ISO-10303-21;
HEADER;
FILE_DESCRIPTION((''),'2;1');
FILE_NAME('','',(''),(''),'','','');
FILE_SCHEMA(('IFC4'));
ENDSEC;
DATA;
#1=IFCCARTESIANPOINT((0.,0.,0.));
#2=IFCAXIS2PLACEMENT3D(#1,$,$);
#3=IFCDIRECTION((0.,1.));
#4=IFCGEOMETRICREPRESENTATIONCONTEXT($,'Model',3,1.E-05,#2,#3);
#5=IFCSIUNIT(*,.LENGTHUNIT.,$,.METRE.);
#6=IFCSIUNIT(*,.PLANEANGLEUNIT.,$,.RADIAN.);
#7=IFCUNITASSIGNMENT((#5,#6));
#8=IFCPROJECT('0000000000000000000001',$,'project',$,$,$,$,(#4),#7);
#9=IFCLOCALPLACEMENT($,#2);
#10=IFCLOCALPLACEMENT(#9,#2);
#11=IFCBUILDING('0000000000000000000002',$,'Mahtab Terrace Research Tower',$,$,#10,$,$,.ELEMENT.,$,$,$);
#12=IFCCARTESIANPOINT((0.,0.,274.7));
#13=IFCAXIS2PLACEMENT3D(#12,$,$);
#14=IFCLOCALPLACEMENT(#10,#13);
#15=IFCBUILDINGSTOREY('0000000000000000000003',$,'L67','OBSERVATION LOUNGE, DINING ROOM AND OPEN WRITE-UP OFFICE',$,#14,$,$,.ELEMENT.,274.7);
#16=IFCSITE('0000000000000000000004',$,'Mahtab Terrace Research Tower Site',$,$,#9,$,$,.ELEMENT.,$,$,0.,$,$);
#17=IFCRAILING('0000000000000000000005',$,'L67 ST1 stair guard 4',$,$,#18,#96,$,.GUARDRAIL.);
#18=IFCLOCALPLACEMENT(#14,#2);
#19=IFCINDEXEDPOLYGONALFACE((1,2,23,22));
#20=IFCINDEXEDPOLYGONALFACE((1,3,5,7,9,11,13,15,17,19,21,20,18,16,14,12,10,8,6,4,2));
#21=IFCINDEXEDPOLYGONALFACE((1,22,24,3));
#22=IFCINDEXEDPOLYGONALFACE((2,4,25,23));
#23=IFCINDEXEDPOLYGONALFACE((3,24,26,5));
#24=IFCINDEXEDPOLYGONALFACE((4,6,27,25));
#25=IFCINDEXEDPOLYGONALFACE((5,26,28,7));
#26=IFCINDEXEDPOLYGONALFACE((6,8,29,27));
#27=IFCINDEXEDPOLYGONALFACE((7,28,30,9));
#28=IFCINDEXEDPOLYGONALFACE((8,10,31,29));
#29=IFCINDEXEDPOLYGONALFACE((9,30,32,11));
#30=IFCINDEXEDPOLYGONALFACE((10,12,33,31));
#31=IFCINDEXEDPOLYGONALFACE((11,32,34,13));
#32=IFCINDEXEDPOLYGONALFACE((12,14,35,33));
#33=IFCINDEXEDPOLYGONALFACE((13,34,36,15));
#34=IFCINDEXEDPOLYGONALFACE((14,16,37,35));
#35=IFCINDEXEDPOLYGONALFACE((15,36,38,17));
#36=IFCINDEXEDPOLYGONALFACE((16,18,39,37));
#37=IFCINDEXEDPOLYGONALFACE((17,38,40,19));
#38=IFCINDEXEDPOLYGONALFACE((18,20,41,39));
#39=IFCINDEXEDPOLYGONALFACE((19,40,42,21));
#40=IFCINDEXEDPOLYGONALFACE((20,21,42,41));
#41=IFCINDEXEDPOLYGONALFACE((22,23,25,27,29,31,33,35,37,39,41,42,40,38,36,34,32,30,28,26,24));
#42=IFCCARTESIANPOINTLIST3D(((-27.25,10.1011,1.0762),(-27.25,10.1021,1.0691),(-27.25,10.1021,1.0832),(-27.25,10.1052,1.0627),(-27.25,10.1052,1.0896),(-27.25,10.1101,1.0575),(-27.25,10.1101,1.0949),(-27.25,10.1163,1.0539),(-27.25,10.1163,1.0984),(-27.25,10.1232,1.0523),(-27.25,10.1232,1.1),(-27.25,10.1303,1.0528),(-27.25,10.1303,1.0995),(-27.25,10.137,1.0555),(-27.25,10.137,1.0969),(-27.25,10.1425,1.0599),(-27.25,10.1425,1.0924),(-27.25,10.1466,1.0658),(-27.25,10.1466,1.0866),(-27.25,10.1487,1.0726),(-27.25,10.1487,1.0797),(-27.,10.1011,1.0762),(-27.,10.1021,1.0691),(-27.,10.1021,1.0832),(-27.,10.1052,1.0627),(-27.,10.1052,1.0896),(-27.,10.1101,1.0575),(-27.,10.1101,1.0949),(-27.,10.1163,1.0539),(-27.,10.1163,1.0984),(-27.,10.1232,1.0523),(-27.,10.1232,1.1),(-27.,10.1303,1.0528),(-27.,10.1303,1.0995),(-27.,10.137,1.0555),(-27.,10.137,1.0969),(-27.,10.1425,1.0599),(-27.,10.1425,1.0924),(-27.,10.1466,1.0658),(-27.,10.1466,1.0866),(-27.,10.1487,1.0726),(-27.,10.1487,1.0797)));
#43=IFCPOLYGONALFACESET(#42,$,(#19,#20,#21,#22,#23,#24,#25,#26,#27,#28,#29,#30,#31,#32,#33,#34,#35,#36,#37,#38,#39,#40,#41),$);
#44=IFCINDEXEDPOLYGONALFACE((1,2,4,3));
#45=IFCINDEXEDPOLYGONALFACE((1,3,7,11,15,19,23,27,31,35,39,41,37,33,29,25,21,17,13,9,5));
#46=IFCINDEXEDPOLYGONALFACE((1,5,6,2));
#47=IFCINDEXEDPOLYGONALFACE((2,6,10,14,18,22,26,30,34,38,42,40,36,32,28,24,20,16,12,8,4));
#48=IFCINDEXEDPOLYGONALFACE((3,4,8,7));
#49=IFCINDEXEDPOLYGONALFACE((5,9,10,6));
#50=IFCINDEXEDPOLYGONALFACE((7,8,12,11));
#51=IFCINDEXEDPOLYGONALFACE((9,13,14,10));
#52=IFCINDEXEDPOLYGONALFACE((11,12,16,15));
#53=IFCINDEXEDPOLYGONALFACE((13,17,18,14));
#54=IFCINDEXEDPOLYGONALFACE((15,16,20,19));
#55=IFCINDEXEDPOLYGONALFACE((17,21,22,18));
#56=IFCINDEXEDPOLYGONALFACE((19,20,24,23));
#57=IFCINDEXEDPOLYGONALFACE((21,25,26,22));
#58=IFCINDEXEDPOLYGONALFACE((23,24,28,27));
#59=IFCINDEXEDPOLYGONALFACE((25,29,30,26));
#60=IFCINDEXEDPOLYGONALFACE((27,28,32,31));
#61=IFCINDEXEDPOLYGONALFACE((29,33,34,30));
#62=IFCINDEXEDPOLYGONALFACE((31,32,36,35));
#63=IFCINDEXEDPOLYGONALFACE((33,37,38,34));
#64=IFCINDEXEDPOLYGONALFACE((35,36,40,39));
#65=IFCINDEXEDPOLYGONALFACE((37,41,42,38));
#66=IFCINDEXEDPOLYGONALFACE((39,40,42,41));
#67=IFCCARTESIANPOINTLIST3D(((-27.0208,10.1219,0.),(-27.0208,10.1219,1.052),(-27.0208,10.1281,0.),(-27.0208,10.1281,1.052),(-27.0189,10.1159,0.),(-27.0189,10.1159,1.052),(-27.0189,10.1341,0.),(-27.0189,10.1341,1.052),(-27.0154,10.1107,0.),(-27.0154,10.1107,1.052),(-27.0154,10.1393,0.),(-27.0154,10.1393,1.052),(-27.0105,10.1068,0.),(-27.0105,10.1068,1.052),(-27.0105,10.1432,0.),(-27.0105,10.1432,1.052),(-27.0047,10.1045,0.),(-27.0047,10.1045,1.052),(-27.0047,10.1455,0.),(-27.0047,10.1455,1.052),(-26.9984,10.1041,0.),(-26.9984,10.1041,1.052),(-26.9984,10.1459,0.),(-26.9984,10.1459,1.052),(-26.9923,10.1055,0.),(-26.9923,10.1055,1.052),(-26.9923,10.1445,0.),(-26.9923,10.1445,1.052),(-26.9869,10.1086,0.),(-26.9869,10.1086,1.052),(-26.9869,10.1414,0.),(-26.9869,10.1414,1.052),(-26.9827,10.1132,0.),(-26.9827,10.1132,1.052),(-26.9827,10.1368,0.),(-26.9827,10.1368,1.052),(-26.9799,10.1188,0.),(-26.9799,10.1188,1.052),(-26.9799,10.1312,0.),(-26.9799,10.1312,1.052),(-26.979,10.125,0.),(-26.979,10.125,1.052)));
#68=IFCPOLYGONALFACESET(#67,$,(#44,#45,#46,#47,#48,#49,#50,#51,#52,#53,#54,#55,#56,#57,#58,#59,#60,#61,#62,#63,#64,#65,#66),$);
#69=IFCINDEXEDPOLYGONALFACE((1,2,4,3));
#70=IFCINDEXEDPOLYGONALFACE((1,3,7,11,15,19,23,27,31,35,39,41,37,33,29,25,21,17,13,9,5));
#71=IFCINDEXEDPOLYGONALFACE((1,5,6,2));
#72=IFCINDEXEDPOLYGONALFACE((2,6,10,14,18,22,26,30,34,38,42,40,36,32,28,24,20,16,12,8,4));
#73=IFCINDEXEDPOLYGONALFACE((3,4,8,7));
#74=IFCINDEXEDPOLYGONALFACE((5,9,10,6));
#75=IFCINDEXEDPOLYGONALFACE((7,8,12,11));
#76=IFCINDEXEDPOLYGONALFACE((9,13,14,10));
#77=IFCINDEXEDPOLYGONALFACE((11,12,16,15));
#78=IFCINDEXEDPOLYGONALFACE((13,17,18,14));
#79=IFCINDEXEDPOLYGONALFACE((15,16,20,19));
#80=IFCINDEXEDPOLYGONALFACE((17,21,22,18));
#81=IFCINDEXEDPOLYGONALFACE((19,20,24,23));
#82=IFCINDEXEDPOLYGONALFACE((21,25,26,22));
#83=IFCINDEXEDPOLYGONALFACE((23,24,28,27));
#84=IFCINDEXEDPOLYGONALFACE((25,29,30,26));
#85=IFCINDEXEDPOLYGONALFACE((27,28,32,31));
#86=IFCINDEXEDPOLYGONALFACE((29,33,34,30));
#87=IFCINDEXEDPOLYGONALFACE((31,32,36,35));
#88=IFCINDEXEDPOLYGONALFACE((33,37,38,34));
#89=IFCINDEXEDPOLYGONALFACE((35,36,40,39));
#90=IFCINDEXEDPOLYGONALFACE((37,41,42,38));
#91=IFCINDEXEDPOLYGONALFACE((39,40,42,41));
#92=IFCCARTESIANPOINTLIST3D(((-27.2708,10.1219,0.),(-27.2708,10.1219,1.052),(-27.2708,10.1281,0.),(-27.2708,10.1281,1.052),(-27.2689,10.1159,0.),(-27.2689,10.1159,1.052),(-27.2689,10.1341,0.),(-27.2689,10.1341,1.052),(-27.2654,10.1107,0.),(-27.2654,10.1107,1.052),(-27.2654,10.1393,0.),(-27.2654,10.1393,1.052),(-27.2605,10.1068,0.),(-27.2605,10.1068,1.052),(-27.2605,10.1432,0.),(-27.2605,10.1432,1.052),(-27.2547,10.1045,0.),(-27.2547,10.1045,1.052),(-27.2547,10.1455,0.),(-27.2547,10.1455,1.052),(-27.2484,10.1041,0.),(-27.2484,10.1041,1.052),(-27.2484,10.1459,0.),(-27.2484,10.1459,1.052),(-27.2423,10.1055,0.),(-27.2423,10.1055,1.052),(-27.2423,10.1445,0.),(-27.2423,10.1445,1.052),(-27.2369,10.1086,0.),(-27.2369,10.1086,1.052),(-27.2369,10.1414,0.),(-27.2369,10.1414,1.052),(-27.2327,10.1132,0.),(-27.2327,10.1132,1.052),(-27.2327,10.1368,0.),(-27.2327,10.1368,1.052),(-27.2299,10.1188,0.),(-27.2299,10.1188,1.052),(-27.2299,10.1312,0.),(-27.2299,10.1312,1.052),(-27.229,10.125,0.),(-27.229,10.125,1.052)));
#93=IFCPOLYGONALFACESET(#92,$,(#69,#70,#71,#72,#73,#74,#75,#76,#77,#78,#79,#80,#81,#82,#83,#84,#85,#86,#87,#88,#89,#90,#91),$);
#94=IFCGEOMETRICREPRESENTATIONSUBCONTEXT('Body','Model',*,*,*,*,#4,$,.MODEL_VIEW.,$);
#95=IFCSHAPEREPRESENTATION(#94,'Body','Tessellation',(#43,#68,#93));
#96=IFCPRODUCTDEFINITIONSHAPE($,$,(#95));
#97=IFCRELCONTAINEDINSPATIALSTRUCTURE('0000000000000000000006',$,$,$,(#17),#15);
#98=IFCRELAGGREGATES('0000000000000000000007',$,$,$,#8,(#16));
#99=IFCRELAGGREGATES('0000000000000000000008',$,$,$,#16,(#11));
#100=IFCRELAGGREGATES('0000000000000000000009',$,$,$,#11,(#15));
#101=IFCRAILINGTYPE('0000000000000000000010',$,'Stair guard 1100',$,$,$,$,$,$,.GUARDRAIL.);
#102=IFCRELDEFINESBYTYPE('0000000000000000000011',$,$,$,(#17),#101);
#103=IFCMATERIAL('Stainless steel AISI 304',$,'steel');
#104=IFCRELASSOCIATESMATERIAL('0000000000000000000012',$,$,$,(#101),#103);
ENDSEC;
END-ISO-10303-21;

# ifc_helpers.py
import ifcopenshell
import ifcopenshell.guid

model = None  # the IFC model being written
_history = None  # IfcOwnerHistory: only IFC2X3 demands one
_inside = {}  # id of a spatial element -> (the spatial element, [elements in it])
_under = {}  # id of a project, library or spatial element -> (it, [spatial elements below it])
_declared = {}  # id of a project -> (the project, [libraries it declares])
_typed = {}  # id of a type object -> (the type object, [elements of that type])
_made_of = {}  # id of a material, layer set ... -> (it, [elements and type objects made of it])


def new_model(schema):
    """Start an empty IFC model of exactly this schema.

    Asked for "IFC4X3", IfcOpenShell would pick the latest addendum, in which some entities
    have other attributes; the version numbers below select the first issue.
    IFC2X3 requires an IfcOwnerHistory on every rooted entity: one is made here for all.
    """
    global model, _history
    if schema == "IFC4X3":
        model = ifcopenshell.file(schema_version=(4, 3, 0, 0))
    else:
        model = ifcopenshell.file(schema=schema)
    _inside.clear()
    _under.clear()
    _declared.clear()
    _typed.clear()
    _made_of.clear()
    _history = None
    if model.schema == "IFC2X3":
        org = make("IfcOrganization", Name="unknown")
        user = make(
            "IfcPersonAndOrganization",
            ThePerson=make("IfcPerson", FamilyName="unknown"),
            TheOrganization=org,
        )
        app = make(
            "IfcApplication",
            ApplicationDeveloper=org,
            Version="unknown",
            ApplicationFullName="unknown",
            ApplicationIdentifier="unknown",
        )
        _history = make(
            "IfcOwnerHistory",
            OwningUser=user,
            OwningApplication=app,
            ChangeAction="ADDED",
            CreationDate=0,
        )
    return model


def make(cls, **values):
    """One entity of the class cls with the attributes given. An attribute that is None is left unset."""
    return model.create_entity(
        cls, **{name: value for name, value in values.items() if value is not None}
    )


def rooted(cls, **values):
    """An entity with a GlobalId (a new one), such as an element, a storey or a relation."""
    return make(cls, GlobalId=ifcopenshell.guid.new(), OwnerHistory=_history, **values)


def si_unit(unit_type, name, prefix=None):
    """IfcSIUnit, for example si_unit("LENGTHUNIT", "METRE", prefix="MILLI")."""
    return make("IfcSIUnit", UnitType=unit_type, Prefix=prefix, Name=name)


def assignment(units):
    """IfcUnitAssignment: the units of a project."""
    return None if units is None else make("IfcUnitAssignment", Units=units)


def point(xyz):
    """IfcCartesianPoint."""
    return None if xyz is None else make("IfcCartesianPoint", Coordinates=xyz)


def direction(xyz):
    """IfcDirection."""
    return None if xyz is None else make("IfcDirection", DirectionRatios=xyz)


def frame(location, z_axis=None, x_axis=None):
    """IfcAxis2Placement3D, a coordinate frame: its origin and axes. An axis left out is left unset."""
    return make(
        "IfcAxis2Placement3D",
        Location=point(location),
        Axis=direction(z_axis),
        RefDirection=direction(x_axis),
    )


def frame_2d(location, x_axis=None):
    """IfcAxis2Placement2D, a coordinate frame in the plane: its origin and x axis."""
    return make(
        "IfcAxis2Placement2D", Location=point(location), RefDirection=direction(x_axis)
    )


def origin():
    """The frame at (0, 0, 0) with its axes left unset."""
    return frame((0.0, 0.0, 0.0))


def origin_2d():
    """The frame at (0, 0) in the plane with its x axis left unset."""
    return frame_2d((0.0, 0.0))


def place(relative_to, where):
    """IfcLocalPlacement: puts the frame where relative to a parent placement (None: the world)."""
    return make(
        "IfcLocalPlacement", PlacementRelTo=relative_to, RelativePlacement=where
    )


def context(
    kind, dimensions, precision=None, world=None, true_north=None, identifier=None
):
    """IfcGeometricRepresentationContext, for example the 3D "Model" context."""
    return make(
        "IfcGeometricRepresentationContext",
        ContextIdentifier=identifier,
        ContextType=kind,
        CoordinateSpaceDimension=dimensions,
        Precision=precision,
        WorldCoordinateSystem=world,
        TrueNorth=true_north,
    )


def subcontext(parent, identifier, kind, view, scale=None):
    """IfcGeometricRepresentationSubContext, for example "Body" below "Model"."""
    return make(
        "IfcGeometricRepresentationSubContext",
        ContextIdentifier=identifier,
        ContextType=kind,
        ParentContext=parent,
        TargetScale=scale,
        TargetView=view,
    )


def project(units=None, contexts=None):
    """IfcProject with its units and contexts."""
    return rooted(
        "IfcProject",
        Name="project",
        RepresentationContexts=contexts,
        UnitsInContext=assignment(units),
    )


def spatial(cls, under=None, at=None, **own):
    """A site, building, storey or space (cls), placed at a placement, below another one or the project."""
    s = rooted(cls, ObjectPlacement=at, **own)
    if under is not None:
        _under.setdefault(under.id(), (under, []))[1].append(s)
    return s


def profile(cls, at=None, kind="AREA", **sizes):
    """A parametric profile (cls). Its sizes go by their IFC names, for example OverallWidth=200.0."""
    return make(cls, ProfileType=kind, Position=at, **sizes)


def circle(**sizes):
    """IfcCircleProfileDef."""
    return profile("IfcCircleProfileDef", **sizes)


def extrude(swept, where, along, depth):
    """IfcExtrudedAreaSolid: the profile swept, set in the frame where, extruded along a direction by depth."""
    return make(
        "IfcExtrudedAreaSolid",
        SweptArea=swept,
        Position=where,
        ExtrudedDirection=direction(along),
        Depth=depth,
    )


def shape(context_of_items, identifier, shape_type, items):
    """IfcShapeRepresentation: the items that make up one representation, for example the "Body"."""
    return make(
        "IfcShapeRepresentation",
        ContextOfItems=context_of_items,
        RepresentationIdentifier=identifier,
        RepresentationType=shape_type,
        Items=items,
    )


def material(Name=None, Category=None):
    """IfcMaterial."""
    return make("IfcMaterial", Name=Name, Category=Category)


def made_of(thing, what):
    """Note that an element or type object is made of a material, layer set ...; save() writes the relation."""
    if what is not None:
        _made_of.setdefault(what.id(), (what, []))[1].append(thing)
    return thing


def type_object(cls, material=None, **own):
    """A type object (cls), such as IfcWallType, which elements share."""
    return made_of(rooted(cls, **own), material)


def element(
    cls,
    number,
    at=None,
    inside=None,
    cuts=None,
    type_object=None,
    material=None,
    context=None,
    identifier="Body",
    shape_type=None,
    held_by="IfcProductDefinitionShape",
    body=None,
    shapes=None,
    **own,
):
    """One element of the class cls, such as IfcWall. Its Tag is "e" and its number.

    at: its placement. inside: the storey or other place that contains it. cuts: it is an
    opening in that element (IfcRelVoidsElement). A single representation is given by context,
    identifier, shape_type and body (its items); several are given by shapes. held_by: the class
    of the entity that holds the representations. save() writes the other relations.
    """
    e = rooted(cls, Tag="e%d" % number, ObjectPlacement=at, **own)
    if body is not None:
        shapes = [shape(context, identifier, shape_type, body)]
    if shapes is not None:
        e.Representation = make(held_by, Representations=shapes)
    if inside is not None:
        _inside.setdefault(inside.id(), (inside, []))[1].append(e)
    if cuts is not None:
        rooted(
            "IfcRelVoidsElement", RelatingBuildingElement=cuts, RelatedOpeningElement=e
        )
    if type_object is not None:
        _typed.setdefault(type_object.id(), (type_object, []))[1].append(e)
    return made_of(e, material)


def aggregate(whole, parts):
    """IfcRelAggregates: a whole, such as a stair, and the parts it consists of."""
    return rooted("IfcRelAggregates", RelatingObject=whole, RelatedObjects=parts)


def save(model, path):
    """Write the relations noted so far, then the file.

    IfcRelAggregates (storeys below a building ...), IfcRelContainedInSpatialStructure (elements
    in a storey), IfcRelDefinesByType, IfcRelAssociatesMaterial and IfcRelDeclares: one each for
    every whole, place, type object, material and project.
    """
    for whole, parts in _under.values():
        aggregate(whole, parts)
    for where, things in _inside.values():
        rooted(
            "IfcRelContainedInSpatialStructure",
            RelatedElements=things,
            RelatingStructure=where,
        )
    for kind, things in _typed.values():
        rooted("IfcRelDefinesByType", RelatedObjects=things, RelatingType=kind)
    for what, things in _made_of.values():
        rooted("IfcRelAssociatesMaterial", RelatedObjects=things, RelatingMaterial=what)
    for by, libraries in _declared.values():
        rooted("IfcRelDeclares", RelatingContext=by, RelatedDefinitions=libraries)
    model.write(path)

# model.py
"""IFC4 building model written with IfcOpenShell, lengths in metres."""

from ifc_helpers import new_model, si_unit, direction, frame, origin, origin_2d, place, context, subcontext, project, spatial, circle, extrude, material, type_object, element, save


model = new_model("IFC4")

# Units and contexts
model_context = context("Model", 3, precision=1e-05, world=origin(), true_north=direction((0.0, 1.0)))
body_context = subcontext(model_context, "Body", "Model", "MODEL_VIEW")
ifc_project = project(units=[si_unit("LENGTHUNIT", "METRE"), si_unit("PLANEANGLEUNIT", "RADIAN")], contexts=[model_context])

# Site, building, storey
site_placement = place(None, origin())
site = spatial("IfcSite", under=ifc_project, at=site_placement, Name="Mahtab Terrace Research Tower Site", CompositionType="ELEMENT", RefElevation=0.0)
building_placement = place(site_placement, origin())
building = spatial("IfcBuilding", under=site, at=building_placement, Name="Mahtab Terrace Research Tower", CompositionType="ELEMENT")
storey_placement = place(building_placement, frame((0.0, 0.0, 274.7)))
storey = spatial("IfcBuildingStorey", under=building, at=storey_placement, Name="L67", Description="OBSERVATION LOUNGE, DINING ROOM AND OPEN WRITE-UP OFFICE", CompositionType="ELEMENT", Elevation=274.7)

# Railing
ifc_material_1 = material(Name="Stainless steel AISI 304", Category="steel")
railing_type_1 = type_object("IfcRailingType", Name="Stair guard 1100", PredefinedType="GUARDRAIL", material=ifc_material_1)
railing_1_placement = place(storey_placement, frame((-27.0, 10.125, 0.0)))
element("IfcRailing", 1, at=railing_1_placement, inside=storey, type_object=railing_type_1, Name="L67 ST1 stair guard 4", PredefinedType="GUARDRAIL", context=body_context, shape_type="SweptSolid", body=[
    extrude(circle(Radius=0.0239, at=origin_2d()), frame((0.0, 0.0, 1.0762), z_axis=(-1.0, 0.0, 0.0), x_axis=(0.0, -1.0, 0.0)), (0.0, 0.0, 1.0), 0.25),
    extrude(circle(Radius=0.021, at=origin_2d()), origin(), (0.0, 0.0, 1.0), 1.052),
    extrude(circle(Radius=0.021, at=origin_2d()), frame((-0.25, 0.0, 0.0)), (0.0, 0.0, 1.0), 1.052),
])

save(model, "model.ifc")
